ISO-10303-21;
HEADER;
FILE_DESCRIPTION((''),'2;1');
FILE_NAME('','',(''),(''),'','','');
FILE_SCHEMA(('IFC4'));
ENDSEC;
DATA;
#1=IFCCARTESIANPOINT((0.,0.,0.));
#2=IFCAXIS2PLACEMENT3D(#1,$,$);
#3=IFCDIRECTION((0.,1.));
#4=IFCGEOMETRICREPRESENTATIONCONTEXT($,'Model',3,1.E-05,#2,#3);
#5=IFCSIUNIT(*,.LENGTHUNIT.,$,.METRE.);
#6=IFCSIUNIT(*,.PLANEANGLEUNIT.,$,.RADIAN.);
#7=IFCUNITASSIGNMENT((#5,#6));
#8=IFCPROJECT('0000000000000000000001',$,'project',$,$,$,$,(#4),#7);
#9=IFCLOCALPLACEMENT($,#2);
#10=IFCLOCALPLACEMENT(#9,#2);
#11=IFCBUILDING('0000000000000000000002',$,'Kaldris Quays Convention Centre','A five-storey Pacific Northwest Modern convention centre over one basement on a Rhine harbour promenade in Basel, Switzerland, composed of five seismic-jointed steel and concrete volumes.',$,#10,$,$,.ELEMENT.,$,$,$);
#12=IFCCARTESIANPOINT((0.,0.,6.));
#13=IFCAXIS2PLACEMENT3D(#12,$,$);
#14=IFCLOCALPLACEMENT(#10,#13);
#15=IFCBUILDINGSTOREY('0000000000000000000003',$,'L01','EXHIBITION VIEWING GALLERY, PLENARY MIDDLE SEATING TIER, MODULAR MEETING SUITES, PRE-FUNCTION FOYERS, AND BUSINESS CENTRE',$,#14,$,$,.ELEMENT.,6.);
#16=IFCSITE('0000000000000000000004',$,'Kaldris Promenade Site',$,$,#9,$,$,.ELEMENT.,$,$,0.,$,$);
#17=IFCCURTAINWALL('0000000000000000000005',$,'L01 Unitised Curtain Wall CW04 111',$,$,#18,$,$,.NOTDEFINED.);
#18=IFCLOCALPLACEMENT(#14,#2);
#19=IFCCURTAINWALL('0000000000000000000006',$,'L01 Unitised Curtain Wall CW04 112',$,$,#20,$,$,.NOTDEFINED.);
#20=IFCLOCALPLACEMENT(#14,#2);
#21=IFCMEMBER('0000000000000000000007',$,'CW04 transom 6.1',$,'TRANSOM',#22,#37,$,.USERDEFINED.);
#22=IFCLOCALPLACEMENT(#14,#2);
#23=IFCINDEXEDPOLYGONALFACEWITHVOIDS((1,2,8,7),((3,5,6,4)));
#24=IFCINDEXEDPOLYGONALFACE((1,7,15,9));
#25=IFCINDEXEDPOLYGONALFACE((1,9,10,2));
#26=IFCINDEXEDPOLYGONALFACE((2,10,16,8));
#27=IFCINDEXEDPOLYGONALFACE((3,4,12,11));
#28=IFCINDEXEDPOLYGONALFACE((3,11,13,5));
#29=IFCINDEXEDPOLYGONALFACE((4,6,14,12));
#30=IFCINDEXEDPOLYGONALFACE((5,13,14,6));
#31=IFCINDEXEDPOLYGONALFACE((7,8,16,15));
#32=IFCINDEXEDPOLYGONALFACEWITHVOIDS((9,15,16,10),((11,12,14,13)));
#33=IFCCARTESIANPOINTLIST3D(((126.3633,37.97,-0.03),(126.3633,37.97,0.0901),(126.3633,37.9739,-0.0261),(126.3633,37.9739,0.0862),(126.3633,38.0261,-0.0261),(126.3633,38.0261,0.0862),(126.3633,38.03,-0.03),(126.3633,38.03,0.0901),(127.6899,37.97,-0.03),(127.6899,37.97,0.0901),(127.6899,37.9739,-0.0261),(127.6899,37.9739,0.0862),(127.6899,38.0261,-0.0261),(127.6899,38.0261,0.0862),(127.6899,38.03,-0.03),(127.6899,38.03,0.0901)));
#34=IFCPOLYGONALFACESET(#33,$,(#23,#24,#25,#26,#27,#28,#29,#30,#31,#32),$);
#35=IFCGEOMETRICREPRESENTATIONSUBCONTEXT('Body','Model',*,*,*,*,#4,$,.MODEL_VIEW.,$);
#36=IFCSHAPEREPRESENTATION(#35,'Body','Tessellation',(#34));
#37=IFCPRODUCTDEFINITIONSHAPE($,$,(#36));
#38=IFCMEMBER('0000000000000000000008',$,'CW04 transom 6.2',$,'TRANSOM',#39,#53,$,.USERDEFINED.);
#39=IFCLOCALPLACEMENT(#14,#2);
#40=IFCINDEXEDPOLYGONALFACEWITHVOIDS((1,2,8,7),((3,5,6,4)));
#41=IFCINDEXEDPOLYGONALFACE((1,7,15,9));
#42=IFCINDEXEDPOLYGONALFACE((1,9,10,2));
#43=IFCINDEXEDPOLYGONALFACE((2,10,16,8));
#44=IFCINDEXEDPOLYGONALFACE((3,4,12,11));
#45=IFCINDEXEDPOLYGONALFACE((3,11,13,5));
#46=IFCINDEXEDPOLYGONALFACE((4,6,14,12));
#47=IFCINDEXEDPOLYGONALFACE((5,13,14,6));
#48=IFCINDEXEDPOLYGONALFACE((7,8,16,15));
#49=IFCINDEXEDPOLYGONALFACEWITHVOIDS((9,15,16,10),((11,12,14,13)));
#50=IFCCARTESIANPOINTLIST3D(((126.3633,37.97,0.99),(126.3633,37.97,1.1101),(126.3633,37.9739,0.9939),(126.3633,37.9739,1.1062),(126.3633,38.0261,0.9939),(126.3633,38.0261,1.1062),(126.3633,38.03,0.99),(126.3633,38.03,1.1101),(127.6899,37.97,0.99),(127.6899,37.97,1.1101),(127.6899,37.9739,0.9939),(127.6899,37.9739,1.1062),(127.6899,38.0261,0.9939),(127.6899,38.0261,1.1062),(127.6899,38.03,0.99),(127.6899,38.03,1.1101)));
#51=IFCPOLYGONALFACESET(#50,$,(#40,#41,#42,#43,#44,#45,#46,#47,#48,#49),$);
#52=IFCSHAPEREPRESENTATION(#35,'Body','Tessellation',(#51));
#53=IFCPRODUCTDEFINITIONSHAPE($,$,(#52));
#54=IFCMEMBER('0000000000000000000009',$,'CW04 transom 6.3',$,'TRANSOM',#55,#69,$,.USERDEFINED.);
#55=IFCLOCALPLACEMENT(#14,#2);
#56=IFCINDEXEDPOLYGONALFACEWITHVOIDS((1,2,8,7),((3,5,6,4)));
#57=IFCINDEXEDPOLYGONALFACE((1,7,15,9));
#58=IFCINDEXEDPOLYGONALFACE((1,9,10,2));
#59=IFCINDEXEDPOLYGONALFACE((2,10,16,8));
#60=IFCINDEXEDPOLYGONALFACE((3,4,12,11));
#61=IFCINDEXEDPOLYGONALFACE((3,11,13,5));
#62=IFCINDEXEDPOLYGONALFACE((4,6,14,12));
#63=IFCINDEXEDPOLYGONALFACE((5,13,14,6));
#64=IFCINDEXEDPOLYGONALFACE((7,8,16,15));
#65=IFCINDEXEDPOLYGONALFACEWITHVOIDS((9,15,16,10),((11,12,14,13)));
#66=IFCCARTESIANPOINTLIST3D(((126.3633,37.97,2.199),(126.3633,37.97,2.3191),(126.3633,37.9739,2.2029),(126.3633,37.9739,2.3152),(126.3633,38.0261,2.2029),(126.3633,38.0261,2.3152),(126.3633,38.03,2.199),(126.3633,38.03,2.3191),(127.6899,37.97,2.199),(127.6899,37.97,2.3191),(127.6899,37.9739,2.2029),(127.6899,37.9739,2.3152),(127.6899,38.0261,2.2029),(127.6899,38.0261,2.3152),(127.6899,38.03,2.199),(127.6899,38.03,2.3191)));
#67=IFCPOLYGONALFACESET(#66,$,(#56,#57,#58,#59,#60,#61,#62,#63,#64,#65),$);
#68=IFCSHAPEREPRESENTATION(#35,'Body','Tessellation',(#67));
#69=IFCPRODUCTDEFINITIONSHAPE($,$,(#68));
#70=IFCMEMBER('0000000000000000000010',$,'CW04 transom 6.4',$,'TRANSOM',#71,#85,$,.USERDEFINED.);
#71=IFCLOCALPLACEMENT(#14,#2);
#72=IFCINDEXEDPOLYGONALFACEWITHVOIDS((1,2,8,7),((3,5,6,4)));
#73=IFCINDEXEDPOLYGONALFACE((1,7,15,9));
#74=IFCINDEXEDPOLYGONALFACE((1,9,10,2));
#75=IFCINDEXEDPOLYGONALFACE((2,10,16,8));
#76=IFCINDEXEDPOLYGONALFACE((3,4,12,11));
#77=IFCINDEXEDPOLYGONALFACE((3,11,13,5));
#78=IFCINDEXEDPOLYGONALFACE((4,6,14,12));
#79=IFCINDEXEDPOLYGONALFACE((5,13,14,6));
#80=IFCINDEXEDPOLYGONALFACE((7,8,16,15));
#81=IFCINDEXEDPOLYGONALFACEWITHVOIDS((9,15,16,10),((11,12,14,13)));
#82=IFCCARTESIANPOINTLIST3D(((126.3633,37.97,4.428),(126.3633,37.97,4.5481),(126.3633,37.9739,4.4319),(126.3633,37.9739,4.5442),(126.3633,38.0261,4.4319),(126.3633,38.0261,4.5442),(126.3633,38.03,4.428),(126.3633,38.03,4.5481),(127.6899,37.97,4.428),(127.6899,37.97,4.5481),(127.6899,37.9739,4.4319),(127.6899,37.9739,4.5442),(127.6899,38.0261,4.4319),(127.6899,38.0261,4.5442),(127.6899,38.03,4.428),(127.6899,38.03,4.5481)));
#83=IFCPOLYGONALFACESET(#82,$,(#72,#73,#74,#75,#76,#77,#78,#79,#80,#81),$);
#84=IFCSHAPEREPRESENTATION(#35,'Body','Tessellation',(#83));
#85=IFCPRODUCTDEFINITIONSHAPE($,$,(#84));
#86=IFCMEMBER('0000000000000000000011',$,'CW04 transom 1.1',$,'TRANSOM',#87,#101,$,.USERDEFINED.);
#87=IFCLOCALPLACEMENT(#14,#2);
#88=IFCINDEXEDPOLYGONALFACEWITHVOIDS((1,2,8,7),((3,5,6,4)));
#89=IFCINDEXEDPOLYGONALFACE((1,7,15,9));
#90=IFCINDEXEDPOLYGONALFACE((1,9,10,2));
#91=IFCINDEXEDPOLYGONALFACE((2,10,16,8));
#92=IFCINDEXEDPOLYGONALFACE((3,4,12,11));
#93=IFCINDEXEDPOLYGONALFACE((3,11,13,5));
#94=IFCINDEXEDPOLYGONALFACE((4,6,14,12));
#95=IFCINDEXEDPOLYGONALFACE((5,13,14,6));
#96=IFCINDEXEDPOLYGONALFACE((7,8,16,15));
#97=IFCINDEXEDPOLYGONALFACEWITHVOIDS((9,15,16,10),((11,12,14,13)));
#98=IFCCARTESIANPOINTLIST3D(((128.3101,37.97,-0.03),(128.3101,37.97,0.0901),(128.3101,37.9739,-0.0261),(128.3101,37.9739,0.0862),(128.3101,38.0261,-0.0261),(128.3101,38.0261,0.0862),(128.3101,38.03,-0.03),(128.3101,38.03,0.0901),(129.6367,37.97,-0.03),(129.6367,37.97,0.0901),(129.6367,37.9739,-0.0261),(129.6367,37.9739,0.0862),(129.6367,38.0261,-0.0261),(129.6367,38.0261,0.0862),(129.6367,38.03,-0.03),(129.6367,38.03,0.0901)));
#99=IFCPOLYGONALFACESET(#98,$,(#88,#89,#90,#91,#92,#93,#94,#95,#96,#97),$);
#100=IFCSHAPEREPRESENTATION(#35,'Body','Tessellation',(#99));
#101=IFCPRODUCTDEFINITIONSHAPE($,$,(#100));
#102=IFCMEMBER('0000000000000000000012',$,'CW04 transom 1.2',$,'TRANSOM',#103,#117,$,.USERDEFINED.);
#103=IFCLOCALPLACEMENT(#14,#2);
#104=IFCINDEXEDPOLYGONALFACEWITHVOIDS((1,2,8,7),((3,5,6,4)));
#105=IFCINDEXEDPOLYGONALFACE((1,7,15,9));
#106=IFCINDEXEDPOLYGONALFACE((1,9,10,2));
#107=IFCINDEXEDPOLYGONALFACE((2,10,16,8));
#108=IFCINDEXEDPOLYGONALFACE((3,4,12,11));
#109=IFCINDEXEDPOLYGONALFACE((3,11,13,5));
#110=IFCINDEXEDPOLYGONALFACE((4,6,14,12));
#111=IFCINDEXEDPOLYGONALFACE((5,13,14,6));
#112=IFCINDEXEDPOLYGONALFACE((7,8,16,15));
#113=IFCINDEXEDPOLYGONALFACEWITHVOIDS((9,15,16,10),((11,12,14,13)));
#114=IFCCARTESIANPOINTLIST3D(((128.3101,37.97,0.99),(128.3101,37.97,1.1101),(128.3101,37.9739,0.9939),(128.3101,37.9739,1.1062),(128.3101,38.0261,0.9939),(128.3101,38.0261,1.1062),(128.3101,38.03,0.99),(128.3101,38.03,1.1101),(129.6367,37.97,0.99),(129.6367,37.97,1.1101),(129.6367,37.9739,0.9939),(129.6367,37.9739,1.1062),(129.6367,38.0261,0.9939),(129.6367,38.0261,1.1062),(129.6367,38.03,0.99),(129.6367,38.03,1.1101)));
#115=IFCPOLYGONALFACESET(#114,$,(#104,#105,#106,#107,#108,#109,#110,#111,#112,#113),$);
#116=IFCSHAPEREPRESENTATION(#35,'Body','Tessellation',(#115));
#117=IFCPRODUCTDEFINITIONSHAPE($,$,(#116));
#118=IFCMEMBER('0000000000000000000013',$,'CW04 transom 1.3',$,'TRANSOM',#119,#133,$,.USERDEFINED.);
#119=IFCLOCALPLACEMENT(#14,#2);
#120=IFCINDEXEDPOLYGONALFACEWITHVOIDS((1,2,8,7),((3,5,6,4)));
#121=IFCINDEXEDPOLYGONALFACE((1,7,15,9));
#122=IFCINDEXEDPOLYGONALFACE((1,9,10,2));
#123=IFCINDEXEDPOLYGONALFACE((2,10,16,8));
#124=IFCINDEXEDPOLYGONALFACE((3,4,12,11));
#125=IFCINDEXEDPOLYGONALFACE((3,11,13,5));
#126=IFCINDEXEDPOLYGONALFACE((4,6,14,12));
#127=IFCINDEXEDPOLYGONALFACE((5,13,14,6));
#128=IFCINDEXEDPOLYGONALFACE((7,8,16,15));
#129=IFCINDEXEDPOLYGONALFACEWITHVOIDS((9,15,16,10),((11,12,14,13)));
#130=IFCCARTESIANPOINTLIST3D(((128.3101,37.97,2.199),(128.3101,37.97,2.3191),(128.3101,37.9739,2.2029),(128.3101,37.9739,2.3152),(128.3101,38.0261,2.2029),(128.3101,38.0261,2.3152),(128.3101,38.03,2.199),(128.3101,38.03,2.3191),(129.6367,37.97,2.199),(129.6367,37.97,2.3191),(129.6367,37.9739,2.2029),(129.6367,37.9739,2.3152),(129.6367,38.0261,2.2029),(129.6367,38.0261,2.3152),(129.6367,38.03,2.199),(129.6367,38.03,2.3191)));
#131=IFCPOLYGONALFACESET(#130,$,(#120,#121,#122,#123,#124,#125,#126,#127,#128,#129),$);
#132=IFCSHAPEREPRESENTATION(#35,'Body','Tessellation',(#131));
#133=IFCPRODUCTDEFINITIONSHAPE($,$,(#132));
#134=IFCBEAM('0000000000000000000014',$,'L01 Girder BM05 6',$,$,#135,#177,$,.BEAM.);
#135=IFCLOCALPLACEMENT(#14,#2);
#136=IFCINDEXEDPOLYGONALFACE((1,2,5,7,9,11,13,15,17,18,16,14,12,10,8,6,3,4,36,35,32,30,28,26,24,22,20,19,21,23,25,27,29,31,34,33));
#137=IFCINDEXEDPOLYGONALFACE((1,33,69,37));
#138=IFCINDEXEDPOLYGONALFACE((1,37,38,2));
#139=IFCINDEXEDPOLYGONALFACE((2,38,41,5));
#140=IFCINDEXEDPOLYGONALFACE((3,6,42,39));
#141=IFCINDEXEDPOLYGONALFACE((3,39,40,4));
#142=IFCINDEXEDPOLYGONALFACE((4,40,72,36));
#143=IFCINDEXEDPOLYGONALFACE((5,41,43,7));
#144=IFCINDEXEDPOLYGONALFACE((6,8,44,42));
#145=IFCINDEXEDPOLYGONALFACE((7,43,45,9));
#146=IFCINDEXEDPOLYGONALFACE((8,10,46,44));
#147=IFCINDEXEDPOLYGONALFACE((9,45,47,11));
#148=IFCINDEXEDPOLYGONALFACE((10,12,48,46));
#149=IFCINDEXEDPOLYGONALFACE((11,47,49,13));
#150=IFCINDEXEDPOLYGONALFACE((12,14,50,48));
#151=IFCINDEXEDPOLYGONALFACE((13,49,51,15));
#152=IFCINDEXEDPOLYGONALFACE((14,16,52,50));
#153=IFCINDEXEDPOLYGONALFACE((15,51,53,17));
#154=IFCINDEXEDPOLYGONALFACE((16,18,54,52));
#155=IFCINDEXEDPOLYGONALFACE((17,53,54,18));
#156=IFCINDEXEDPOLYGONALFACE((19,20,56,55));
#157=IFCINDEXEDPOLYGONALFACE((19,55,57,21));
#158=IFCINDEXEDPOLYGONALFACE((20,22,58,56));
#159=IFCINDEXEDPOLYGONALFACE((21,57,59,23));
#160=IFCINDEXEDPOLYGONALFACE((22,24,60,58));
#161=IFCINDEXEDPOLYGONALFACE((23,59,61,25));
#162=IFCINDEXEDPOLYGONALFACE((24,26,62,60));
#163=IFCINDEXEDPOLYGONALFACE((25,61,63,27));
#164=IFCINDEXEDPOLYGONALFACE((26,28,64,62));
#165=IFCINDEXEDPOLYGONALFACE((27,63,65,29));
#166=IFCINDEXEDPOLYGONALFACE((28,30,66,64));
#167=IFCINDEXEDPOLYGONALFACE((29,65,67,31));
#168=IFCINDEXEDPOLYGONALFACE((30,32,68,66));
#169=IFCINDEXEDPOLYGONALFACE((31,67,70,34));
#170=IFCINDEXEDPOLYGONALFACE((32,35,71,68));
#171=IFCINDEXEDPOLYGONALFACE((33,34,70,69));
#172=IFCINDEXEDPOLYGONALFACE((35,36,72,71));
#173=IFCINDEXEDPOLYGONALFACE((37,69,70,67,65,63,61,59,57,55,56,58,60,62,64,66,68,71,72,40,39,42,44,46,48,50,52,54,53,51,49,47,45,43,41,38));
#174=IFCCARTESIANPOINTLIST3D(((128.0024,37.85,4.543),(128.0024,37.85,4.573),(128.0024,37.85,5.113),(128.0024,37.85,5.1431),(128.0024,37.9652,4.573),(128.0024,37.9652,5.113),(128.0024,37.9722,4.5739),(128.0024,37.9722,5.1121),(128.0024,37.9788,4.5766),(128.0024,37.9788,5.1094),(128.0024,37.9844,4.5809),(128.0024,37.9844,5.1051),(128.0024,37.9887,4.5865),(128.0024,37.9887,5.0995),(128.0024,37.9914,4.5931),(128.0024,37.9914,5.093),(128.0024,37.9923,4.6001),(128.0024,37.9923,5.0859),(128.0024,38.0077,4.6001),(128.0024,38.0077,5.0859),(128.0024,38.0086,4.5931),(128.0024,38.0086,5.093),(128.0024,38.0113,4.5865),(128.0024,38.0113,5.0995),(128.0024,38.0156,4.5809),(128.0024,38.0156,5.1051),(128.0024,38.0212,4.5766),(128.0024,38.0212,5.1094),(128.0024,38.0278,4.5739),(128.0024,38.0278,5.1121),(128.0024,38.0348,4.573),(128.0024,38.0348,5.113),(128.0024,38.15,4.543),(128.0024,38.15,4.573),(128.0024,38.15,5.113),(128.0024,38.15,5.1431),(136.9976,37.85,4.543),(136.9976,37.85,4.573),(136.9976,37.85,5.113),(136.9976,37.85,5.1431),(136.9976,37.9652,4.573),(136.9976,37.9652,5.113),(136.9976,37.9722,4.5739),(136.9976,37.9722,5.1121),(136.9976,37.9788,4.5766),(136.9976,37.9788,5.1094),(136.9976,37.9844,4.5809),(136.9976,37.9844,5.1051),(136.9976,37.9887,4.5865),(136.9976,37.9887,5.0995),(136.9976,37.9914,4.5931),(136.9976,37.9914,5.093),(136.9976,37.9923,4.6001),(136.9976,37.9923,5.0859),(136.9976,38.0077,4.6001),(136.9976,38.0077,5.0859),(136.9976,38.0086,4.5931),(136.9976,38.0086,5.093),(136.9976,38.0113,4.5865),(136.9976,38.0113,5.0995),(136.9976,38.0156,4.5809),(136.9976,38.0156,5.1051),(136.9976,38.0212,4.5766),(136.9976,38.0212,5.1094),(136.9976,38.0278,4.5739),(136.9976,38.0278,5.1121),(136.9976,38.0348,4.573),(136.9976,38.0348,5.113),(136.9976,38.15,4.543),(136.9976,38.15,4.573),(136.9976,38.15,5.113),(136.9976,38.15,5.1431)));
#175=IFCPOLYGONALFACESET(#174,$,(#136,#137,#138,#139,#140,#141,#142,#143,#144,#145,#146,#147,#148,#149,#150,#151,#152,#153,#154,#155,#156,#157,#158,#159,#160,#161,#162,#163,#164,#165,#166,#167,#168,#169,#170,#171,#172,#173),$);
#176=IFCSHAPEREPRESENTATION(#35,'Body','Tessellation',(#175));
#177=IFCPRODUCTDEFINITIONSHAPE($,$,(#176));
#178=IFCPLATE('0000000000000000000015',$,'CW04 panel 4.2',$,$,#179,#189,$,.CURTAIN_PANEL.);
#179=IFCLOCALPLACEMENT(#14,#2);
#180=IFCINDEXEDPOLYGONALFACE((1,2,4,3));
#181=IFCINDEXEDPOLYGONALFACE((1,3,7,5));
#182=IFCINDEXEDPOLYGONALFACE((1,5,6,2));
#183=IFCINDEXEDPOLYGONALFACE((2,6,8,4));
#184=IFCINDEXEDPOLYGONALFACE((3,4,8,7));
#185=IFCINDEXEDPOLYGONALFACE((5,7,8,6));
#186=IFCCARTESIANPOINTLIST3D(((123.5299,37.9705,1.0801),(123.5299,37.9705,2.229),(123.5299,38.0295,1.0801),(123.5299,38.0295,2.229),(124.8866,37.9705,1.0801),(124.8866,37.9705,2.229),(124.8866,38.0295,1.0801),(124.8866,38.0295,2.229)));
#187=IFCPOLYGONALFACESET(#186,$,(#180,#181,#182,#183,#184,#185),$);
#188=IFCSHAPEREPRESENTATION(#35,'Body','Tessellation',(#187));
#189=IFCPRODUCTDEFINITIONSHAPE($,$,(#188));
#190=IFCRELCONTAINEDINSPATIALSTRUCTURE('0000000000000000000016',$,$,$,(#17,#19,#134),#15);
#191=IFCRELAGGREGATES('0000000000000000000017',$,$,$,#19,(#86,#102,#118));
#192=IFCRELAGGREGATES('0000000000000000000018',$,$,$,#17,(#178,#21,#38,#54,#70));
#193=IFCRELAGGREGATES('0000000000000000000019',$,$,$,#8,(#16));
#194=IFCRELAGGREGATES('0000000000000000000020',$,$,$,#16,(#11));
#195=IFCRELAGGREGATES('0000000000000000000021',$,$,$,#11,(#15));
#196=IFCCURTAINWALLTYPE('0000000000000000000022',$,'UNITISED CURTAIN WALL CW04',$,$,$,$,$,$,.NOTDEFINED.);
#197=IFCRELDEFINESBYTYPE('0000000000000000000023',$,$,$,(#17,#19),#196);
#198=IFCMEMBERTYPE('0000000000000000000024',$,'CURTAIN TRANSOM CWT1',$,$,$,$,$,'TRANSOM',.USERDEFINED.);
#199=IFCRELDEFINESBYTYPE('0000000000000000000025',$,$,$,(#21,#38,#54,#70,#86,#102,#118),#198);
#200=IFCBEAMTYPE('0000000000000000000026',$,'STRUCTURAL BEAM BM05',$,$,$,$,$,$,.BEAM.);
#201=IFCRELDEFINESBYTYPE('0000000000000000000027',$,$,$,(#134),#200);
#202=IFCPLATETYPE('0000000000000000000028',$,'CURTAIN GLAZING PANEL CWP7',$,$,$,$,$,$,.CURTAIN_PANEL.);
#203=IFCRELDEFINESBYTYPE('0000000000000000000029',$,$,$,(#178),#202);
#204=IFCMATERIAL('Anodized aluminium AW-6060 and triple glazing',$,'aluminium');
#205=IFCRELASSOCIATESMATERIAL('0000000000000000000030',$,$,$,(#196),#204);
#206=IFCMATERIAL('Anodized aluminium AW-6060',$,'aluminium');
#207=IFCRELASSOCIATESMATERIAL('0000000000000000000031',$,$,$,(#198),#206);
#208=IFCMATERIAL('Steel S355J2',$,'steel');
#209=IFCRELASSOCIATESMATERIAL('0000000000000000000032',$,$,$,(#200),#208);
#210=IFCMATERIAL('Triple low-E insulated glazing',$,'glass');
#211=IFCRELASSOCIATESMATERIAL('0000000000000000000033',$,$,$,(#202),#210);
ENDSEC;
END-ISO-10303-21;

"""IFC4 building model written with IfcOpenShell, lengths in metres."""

from ifc_helpers import new_model, si_unit, direction, frame, origin, origin_2d, place, context, subcontext, project, spatial, rectangle, hollow_rectangle, i_section, extrude, material, material_profile, profile_set, type_object, element, aggregate, save


model = new_model("IFC4")

# Units and contexts
model_context = context("Model", 3, precision=1e-05, world=origin(), true_north=direction((0.0, 1.0)))
body_context = subcontext(model_context, "Body", "Model", "MODEL_VIEW")
ifc_project = project(units=[si_unit("LENGTHUNIT", "METRE"), si_unit("PLANEANGLEUNIT", "RADIAN")], contexts=[model_context])

# Site, building, storey
site_placement = place(None, origin())
site = spatial("IfcSite", under=ifc_project, at=site_placement, Name="Kaldris Promenade Site", CompositionType="ELEMENT", RefElevation=0.0)
building_placement = place(site_placement, origin())
building = spatial("IfcBuilding", under=site, at=building_placement, Name="Kaldris Quays Convention Centre", Description="A five-storey Pacific Northwest Modern convention centre over one basement on a Rhine harbour promenade in Basel, Switzerland, composed of five seismic-jointed steel and concrete volumes.", CompositionType="ELEMENT")
storey_placement = place(building_placement, frame((0.0, 0.0, 6.0)))
storey = spatial("IfcBuildingStorey", under=building, at=storey_placement, Name="L01", Description="EXHIBITION VIEWING GALLERY, PLENARY MIDDLE SEATING TIER, MODULAR MEETING SUITES, PRE-FUNCTION FOYERS, AND BUSINESS CENTRE", CompositionType="ELEMENT", Elevation=6.0)

# Shared definitions
ifc_material_1 = material(Name="Steel S355J2", Category="steel")

# Curtain wall
ifc_material_2 = material(Name="Anodized aluminium AW-6060 and triple glazing", Category="aluminium")
curtain_wall_type = type_object("IfcCurtainWallType", Name="UNITISED CURTAIN WALL CW04", PredefinedType="NOTDEFINED", material=ifc_material_2)
curtain_wall_1_placement = place(storey_placement, origin())
curtain_wall_1 = element("IfcCurtainWall", 1, at=curtain_wall_1_placement, inside=storey, type_object=curtain_wall_type, Name="L01 Unitised Curtain Wall CW04 111", PredefinedType="NOTDEFINED")
ifc_material_3 = material(Name="Anodized aluminium AW-6060", Category="aluminium")

# Curtain wall
curtain_wall_2_placement = place(storey_placement, origin())
curtain_wall_2 = element("IfcCurtainWall", 2, at=curtain_wall_2_placement, inside=storey, type_object=curtain_wall_type, Name="L01 Unitised Curtain Wall CW04 112", PredefinedType="NOTDEFINED")

# Members
ifc_material_profile_1 = material_profile(ifc_material_3, hollow_rectangle(XDim=0.0601, YDim=0.1201, WallThickness=0.0039, at=origin_2d()), Name="RHS 120x60x4")
ifc_profile_set_1 = profile_set([ifc_material_profile_1], Name="Anodized aluminium AW-6060")
member_type_1 = type_object("IfcMemberType", Name="CURTAIN TRANSOM CWT1", ElementType="TRANSOM", PredefinedType="USERDEFINED", material=ifc_profile_set_1)
member_1_placement = place(storey_placement, frame((126.3633, 38.0, 0.03), z_axis=(1.0, 0.0, 0.0), x_axis=(0.0, 1.0, 0.0)))
member_1 = element("IfcMember", 3, at=member_1_placement, type_object=member_type_1, Name="CW04 transom 6.1", ObjectType="TRANSOM", PredefinedType="USERDEFINED", context=body_context, shape_type="SweptSolid", body=[
    extrude(hollow_rectangle(XDim=0.0601, YDim=0.1201, WallThickness=0.0039, at=origin_2d()), origin(), (0.0, 0.0, 1.0), 1.3267),
])
member_2_placement = place(storey_placement, frame((126.3633, 38.0, 1.05), z_axis=(1.0, 0.0, 0.0), x_axis=(0.0, 1.0, 0.0)))
member_2 = element("IfcMember", 4, at=member_2_placement, type_object=member_type_1, Name="CW04 transom 6.2", ObjectType="TRANSOM", PredefinedType="USERDEFINED", context=body_context, shape_type="SweptSolid", body=[
    extrude(hollow_rectangle(XDim=0.0601, YDim=0.1201, WallThickness=0.0039, at=origin_2d()), origin(), (0.0, 0.0, 1.0), 1.3267),
])
member_3_placement = place(storey_placement, frame((126.3633, 38.0, 2.259), z_axis=(1.0, 0.0, 0.0), x_axis=(0.0, 1.0, 0.0)))
member_3 = element("IfcMember", 5, at=member_3_placement, type_object=member_type_1, Name="CW04 transom 6.3", ObjectType="TRANSOM", PredefinedType="USERDEFINED", context=body_context, shape_type="SweptSolid", body=[
    extrude(hollow_rectangle(XDim=0.0601, YDim=0.1201, WallThickness=0.0039, at=origin_2d()), origin(), (0.0, 0.0, 1.0), 1.3267),
])
member_4_placement = place(storey_placement, frame((126.3633, 38.0, 4.488), z_axis=(1.0, 0.0, 0.0), x_axis=(0.0, 1.0, 0.0)))
member_4 = element("IfcMember", 6, at=member_4_placement, type_object=member_type_1, Name="CW04 transom 6.4", ObjectType="TRANSOM", PredefinedType="USERDEFINED", context=body_context, shape_type="SweptSolid", body=[
    extrude(hollow_rectangle(XDim=0.0601, YDim=0.1201, WallThickness=0.0039, at=origin_2d()), origin(), (0.0, 0.0, 1.0), 1.3267),
])
member_5_placement = place(storey_placement, frame((128.3101, 38.0, 0.03), z_axis=(1.0, 0.0, 0.0), x_axis=(0.0, 1.0, 0.0)))
member_5 = element("IfcMember", 7, at=member_5_placement, type_object=member_type_1, Name="CW04 transom 1.1", ObjectType="TRANSOM", PredefinedType="USERDEFINED", context=body_context, shape_type="SweptSolid", body=[
    extrude(hollow_rectangle(XDim=0.0601, YDim=0.1201, WallThickness=0.0039, at=origin_2d()), origin(), (0.0, 0.0, 1.0), 1.3267),
])
member_6_placement = place(storey_placement, frame((128.3101, 38.0, 1.05), z_axis=(1.0, 0.0, 0.0), x_axis=(0.0, 1.0, 0.0)))
member_6 = element("IfcMember", 8, at=member_6_placement, type_object=member_type_1, Name="CW04 transom 1.2", ObjectType="TRANSOM", PredefinedType="USERDEFINED", context=body_context, shape_type="SweptSolid", body=[
    extrude(hollow_rectangle(XDim=0.0601, YDim=0.1201, WallThickness=0.0039, at=origin_2d()), origin(), (0.0, 0.0, 1.0), 1.3267),
])
member_7_placement = place(storey_placement, frame((128.3101, 38.0, 2.259), z_axis=(1.0, 0.0, 0.0), x_axis=(0.0, 1.0, 0.0)))
member_7 = element("IfcMember", 9, at=member_7_placement, type_object=member_type_1, Name="CW04 transom 1.3", ObjectType="TRANSOM", PredefinedType="USERDEFINED", context=body_context, shape_type="SweptSolid", body=[
    extrude(hollow_rectangle(XDim=0.0601, YDim=0.1201, WallThickness=0.0039, at=origin_2d()), origin(), (0.0, 0.0, 1.0), 1.3267),
])
aggregate(curtain_wall_2, [member_5, member_6, member_7])

# Beam
ifc_material_profile_2 = material_profile(ifc_material_1, i_section(OverallWidth=0.3, OverallDepth=0.6001, WebThickness=0.0154, FlangeThickness=0.03, FilletRadius=0.0271, at=origin_2d()), Name="HEB 600")
ifc_profile_set_2 = profile_set([ifc_material_profile_2], Name="Steel S355J2")
beam_type = type_object("IfcBeamType", Name="STRUCTURAL BEAM BM05", PredefinedType="BEAM", material=ifc_profile_set_2)
beam_placement = place(storey_placement, frame((128.0024, 38.0, 4.843), z_axis=(1.0, 0.0, 0.0), x_axis=(0.0, 1.0, 0.0)))
element("IfcBeam", 10, at=beam_placement, inside=storey, type_object=beam_type, Name="L01 Girder BM05 6", PredefinedType="BEAM", context=body_context, shape_type="SweptSolid", body=[
    extrude(i_section(OverallWidth=0.3, OverallDepth=0.6001, WebThickness=0.0154, FlangeThickness=0.03, FilletRadius=0.0271, at=origin_2d()), origin(), (0.0, 0.0, 1.0), 8.9951),
])

# Plate
ifc_material_4 = material(Name="Triple low-E insulated glazing", Category="glass")
plate_type = type_object("IfcPlateType", Name="CURTAIN GLAZING PANEL CWP7", PredefinedType="CURTAIN_PANEL", material=ifc_material_4)
plate_1_placement = place(storey_placement, frame((124.2083, 38.0, 1.0801), z_axis=(0.0, 0.0, 1.0), x_axis=(1.0, 0.0, 0.0)))
plate_1 = element("IfcPlate", 11, at=plate_1_placement, type_object=plate_type, Name="CW04 panel 4.2", PredefinedType="CURTAIN_PANEL", context=body_context, shape_type="SweptSolid", body=[
    extrude(rectangle(XDim=1.3567, YDim=0.0591, at=origin_2d()), origin(), (0.0, 0.0, 1.0), 1.1489),
])
aggregate(curtain_wall_1, [plate_1, member_1, member_2, member_3, member_4])

save(model, "model.ifc")
